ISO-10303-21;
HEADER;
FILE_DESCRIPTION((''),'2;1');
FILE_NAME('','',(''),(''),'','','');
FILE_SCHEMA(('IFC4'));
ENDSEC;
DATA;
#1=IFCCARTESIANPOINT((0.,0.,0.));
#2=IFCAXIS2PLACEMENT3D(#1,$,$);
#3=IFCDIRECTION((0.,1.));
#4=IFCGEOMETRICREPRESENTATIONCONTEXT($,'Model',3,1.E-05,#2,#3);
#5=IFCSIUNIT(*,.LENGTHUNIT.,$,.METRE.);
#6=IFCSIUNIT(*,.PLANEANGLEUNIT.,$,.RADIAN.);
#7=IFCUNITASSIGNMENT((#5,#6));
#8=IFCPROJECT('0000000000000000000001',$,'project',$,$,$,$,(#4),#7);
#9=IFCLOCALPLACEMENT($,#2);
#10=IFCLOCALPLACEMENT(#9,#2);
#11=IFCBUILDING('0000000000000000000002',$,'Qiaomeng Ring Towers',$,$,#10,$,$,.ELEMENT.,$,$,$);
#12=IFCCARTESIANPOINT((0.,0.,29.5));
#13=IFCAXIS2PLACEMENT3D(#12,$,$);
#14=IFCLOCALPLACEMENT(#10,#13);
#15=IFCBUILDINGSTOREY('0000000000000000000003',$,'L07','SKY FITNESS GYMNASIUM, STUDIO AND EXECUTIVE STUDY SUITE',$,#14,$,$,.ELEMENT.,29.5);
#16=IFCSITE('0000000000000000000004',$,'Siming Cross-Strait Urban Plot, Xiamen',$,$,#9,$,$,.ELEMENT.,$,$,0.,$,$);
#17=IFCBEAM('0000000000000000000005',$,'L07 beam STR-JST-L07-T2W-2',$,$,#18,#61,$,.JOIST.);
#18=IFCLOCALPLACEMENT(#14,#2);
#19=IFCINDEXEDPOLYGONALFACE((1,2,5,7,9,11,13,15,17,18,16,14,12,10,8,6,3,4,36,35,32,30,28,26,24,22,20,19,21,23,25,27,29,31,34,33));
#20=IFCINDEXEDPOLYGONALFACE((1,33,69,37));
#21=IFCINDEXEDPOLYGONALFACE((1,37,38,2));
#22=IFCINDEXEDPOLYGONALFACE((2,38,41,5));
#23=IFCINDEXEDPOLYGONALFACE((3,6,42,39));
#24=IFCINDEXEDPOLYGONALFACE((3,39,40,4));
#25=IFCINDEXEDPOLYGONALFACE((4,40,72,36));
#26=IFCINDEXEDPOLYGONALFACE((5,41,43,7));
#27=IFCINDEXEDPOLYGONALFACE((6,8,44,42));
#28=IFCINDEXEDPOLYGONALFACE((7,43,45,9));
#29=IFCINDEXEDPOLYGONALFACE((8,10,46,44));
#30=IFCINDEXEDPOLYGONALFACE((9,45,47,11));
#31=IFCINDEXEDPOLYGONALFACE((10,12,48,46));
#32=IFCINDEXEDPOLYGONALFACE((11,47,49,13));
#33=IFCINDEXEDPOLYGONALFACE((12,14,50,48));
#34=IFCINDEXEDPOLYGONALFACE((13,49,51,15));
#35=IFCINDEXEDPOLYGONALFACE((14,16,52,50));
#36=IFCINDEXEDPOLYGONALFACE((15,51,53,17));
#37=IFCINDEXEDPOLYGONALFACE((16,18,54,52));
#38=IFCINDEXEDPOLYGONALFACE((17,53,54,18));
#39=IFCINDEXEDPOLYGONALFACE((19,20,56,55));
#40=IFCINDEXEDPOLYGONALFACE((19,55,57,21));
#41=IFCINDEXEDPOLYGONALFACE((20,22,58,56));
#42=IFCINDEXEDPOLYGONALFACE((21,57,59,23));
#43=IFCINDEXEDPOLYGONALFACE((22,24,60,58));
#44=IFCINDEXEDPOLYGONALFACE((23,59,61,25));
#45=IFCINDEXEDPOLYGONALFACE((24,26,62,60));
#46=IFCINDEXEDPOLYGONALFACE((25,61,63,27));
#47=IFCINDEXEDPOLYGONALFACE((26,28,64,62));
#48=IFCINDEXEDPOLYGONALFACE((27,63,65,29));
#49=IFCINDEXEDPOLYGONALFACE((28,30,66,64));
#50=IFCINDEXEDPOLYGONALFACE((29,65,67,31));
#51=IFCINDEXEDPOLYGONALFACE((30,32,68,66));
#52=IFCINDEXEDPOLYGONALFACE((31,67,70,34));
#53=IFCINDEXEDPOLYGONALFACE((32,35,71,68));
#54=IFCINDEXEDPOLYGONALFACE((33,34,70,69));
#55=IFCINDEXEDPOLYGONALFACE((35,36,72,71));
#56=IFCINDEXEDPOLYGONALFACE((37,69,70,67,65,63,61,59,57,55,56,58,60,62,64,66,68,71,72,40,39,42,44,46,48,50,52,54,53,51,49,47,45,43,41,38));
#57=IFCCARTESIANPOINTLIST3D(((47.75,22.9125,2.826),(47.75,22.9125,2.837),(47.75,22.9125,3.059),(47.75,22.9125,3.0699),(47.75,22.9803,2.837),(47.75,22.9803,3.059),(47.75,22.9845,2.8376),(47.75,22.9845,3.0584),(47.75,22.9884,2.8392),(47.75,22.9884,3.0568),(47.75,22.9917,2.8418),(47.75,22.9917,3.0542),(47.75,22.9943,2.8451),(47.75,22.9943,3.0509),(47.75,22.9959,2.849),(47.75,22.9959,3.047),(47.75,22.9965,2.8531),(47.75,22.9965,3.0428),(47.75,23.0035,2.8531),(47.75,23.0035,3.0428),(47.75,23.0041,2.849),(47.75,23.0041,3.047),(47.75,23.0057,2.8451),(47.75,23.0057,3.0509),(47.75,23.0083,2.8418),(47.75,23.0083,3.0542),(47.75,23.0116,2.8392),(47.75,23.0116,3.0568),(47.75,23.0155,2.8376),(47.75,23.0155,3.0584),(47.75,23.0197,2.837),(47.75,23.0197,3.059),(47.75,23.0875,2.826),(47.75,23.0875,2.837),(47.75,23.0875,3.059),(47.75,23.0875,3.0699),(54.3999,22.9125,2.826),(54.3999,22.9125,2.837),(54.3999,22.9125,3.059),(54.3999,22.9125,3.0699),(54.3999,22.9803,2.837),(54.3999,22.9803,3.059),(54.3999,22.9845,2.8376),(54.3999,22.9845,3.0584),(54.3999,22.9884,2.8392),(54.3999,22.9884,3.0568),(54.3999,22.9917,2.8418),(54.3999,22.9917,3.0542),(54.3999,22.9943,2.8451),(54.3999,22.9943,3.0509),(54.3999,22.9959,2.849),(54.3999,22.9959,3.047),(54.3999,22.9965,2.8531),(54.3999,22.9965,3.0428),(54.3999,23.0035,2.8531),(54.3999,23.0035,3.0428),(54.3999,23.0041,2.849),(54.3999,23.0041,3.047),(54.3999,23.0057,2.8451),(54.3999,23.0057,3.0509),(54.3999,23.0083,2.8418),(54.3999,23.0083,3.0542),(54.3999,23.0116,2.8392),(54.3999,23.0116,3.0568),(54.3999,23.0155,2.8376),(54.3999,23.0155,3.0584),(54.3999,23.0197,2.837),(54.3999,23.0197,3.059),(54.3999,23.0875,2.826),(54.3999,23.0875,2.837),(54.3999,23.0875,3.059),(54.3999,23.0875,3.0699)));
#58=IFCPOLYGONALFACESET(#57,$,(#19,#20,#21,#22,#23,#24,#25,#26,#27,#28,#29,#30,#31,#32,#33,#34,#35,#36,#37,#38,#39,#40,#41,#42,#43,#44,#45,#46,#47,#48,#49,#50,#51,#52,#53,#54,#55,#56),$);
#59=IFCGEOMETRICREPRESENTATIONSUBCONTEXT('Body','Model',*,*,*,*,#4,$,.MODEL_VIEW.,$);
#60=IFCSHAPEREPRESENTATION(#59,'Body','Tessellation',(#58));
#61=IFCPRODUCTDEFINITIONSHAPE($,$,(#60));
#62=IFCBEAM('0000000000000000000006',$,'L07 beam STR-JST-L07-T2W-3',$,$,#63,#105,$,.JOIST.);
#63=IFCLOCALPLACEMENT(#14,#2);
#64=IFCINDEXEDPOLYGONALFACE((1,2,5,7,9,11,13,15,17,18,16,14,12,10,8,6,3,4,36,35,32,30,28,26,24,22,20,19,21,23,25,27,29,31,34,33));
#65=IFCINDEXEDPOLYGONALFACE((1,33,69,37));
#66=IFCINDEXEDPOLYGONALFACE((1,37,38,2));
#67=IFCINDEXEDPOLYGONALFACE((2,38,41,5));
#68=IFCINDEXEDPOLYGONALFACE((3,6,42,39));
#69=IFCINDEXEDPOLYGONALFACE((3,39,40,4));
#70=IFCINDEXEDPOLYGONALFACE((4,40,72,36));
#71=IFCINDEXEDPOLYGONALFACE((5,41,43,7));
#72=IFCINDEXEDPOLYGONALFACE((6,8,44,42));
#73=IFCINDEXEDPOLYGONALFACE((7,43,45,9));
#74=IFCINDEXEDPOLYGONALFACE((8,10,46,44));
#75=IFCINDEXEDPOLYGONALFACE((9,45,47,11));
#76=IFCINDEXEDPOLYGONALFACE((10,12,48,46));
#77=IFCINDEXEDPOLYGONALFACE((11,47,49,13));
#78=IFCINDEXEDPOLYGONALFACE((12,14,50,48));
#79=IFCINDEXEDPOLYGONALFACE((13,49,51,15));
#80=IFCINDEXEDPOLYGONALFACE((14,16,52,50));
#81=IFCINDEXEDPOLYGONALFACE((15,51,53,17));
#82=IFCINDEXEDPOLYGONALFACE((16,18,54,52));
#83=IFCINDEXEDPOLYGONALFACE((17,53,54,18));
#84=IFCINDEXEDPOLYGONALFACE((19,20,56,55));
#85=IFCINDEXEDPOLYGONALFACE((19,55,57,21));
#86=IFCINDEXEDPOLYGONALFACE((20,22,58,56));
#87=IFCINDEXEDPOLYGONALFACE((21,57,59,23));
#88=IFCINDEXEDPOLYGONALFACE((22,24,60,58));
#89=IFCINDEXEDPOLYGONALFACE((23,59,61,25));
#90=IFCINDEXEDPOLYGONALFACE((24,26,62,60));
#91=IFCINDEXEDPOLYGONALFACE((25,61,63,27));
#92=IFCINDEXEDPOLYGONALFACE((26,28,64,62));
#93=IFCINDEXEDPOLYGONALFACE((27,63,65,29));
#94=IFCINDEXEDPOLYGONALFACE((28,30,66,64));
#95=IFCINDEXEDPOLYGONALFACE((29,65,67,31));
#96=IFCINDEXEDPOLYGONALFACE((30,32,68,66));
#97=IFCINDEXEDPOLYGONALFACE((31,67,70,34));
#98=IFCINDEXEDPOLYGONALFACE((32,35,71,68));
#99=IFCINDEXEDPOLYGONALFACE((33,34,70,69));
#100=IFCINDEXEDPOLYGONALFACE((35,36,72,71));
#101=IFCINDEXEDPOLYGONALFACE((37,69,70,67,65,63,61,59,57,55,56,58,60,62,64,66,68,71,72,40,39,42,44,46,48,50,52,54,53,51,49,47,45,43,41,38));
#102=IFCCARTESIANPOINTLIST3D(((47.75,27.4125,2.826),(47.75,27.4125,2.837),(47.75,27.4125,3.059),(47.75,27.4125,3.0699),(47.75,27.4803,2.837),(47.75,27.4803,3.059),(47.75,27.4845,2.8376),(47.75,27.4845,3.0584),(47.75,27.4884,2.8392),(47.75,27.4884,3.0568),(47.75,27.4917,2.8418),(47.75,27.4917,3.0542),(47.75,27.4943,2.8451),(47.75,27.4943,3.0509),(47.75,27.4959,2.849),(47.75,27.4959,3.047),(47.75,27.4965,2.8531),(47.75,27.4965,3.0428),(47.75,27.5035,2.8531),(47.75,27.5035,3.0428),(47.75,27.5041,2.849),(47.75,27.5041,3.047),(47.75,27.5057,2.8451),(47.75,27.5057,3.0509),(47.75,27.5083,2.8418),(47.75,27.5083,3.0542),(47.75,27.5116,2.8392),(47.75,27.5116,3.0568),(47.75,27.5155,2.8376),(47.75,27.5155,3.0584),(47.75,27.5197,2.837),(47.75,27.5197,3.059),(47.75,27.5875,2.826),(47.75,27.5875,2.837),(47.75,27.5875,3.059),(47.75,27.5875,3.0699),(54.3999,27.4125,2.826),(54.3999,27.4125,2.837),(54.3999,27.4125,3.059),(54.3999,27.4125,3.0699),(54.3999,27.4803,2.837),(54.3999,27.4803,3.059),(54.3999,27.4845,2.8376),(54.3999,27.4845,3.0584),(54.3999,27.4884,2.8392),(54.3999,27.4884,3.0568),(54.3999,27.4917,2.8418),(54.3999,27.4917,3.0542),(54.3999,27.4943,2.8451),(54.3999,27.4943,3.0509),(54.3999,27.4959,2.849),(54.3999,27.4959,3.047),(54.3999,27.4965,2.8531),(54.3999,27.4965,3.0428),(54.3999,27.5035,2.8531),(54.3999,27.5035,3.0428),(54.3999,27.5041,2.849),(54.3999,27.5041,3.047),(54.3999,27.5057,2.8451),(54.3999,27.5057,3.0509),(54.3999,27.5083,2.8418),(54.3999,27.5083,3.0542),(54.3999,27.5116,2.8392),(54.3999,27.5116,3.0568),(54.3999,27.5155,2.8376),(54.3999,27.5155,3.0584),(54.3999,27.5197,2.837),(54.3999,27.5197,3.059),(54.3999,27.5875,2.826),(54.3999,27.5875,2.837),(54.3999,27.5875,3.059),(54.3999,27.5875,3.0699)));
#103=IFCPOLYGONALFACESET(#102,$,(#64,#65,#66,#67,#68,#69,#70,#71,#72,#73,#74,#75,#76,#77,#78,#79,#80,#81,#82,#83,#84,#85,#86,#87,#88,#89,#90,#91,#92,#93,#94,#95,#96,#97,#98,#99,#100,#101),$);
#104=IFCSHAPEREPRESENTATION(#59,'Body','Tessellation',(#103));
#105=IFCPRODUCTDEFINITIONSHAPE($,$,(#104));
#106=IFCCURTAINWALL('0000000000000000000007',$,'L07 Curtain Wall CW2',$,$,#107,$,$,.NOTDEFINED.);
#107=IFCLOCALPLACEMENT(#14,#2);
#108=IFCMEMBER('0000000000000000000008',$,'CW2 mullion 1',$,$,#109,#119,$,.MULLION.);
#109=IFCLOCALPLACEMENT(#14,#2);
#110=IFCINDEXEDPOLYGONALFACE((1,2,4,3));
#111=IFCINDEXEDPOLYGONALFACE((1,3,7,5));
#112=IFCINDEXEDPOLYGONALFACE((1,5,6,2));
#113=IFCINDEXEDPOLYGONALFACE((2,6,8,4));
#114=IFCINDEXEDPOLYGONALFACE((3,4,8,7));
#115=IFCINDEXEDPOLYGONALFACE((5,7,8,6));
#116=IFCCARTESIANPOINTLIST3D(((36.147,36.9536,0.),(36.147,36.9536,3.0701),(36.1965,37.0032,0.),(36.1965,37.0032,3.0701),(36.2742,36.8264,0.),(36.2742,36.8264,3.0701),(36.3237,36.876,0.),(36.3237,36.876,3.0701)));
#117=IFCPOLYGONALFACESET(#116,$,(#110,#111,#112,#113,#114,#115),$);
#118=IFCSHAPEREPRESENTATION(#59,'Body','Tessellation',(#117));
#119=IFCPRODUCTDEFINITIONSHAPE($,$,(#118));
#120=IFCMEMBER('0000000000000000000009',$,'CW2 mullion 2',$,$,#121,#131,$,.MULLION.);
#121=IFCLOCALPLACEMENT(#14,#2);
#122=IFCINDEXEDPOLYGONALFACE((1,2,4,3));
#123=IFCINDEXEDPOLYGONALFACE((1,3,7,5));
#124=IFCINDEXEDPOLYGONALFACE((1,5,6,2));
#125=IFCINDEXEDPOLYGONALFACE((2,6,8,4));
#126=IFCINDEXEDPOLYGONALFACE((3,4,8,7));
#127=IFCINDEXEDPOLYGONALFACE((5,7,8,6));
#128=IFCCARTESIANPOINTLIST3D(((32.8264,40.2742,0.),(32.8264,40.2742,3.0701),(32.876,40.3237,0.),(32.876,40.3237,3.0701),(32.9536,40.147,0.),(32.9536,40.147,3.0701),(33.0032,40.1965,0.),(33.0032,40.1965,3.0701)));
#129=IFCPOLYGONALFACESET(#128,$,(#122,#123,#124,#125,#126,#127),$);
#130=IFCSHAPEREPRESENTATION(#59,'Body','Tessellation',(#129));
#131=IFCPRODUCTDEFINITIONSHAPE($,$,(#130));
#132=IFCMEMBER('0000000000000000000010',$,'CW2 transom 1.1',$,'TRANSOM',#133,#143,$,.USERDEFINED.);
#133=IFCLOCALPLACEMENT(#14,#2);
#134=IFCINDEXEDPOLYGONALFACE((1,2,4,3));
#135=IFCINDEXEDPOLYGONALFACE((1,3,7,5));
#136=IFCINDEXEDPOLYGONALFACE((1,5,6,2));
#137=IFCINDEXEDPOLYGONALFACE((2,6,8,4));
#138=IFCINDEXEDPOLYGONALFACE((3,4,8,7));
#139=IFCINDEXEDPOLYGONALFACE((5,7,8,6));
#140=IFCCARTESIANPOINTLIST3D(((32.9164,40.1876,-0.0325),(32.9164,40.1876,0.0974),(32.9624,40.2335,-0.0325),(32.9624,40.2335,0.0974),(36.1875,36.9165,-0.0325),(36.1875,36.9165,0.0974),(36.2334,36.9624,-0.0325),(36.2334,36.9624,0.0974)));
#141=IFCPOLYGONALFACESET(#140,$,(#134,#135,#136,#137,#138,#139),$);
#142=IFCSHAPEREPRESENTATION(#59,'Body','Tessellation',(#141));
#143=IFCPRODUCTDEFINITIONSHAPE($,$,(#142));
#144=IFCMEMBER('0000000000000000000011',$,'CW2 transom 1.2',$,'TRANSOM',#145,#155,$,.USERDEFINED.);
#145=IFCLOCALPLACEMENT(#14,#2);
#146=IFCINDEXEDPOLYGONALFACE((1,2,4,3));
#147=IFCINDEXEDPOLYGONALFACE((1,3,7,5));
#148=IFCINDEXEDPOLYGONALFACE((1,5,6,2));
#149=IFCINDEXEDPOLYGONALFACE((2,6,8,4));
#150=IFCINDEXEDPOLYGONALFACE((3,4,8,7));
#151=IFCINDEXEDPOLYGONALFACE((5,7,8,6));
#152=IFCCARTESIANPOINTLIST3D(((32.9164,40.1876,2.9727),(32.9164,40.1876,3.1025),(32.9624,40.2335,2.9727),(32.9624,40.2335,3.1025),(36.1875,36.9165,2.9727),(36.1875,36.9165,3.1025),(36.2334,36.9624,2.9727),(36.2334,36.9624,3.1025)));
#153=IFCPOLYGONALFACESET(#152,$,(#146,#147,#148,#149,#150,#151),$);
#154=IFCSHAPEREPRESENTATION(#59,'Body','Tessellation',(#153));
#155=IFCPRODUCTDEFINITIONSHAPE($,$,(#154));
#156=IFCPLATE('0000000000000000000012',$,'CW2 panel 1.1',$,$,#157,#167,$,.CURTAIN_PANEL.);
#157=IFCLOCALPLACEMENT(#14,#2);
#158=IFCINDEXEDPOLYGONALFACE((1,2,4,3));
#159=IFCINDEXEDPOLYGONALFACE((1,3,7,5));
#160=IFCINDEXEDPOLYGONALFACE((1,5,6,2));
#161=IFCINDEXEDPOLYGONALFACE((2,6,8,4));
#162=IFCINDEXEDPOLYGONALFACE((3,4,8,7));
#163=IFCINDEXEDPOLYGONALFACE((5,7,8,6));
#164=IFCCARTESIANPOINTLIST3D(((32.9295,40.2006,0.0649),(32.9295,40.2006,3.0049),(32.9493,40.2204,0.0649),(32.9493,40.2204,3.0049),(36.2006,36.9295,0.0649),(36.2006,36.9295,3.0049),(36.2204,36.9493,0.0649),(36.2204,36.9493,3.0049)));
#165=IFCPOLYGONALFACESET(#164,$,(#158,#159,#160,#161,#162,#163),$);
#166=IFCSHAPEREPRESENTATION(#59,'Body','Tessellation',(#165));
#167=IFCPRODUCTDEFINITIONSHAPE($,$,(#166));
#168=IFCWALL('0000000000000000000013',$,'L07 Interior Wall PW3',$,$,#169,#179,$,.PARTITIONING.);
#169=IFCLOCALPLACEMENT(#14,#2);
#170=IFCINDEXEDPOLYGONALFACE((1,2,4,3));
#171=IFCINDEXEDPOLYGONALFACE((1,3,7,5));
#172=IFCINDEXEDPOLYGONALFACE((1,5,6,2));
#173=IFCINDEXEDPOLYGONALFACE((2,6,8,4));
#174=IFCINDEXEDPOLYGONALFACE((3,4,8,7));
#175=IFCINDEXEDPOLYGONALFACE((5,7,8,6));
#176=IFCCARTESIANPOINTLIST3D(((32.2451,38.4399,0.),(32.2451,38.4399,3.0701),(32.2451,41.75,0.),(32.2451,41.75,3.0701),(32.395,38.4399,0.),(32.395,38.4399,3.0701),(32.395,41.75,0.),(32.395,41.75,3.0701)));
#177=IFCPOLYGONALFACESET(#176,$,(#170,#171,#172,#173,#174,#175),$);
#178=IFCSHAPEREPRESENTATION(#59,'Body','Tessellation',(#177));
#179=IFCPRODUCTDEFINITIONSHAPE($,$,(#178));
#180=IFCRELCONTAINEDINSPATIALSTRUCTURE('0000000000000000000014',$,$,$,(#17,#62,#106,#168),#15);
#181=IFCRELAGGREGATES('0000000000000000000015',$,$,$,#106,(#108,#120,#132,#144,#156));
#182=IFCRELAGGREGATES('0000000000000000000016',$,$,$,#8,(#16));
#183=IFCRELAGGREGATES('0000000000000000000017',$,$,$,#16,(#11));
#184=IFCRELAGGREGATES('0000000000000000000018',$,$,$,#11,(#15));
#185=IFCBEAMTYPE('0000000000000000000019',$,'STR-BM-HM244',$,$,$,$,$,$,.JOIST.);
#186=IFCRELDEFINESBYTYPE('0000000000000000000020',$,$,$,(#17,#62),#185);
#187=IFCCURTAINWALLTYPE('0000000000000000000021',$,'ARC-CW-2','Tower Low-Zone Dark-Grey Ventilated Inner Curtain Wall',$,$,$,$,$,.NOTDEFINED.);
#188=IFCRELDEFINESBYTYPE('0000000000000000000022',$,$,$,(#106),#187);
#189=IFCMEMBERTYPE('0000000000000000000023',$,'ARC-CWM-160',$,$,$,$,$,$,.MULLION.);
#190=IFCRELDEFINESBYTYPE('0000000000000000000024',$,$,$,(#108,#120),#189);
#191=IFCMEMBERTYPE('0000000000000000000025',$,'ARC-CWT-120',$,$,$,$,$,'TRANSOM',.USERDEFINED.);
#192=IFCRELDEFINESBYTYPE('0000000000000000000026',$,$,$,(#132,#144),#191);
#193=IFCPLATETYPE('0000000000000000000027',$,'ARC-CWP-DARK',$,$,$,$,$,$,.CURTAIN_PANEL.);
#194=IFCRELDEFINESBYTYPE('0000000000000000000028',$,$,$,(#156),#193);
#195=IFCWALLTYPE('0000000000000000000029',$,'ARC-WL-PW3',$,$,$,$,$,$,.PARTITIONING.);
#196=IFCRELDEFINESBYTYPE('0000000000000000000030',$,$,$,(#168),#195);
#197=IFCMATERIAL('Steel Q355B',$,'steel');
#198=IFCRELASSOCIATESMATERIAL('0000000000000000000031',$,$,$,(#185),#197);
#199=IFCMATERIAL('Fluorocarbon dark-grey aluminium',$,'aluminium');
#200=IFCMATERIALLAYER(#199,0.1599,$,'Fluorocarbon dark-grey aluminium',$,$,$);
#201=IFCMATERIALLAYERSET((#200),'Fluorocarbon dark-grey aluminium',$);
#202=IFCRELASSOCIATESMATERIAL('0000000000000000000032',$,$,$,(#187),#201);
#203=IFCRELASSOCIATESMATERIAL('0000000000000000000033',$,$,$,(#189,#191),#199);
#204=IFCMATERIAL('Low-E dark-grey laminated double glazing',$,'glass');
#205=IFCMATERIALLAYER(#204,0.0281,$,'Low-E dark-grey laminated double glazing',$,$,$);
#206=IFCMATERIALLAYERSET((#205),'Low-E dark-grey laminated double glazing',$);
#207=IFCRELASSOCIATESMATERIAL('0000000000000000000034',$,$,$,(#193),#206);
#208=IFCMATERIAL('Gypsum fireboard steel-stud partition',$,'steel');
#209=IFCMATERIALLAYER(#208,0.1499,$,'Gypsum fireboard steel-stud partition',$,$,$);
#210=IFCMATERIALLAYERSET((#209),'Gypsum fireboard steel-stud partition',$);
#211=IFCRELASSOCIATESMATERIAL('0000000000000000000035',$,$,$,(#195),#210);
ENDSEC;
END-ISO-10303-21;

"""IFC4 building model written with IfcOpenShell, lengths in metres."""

from ifc_helpers import new_model, si_unit, direction, frame, frame_2d, origin, origin_2d, place, context, subcontext, project, spatial, rectangle, i_section, extrude, source, transform, mapped, material, layer, layer_set, material_profile, profile_set, type_object, element, aggregate, save


model = new_model("IFC4")

# Units and contexts
model_context = context("Model", 3, precision=1e-05, world=origin(), true_north=direction((0.0, 1.0)))
body_context = subcontext(model_context, "Body", "Model", "MODEL_VIEW")
ifc_project = project(units=[si_unit("LENGTHUNIT", "METRE"), si_unit("PLANEANGLEUNIT", "RADIAN")], contexts=[model_context])

# Site, building, storey
site_placement = place(None, origin())
site = spatial("IfcSite", under=ifc_project, at=site_placement, Name="Siming Cross-Strait Urban Plot, Xiamen", CompositionType="ELEMENT", RefElevation=0.0)
building_placement = place(site_placement, origin())
building = spatial("IfcBuilding", under=site, at=building_placement, Name="Qiaomeng Ring Towers", CompositionType="ELEMENT")
storey_placement = place(building_placement, frame((0.0, 0.0, 29.5)))
storey = spatial("IfcBuildingStorey", under=building, at=storey_placement, Name="L07", Description="SKY FITNESS GYMNASIUM, STUDIO AND EXECUTIVE STUDY SUITE", CompositionType="ELEMENT", Elevation=29.5)

# Beams
ifc_material_1 = material(Name="Steel Q355B", Category="steel")
ifc_material_profile_1 = material_profile(ifc_material_1, i_section(OverallWidth=0.175, OverallDepth=0.2439, WebThickness=0.0071, FlangeThickness=0.011, FilletRadius=0.0161, at=origin_2d()), Name="HM 244x175x7x11")
ifc_profile_set_1 = profile_set([ifc_material_profile_1], Name="Steel Q355B")
beam_type_1 = type_object("IfcBeamType", Name="STR-BM-HM244", PredefinedType="JOIST", material=ifc_profile_set_1)
shared_shape_1 = source(origin(), body_context, "Body", "SweptSolid", [
    extrude(i_section(OverallWidth=0.175, OverallDepth=0.2439, WebThickness=0.0071, FlangeThickness=0.011, FilletRadius=0.0161, at=origin_2d()), origin(), (0.0, 0.0, 1.0), 6.6499),
])
for number, where, z_axis, x_axis, name in (
    (1, (47.75, 23.0, 2.948), (1.0, 0.0, 0.0), (0.0, 1.0, 0.0), "L07 beam STR-JST-L07-T2W-2"),
    (2, (47.75, 27.5, 2.948), (1.0, 0.0, 0.0), (0.0, 1.0, 0.0), "L07 beam STR-JST-L07-T2W-3"),
):
    element("IfcBeam", number, at=place(storey_placement, frame(where, z_axis=z_axis, x_axis=x_axis)), inside=storey, type_object=beam_type_1, Name=name, PredefinedType="JOIST", context=body_context, shape_type="MappedRepresentation", body=[
        mapped(shared_shape_1, transform((0.0, 0.0, 0.0), x_axis=(1.0, 0.0, 0.0), y_axis=(0.0, 1.0, 0.0), z_axis=(0.0, 0.0, 1.0), scale=1.0)),
    ])

# Curtain wall, members, plate
ifc_material_2 = material(Name="Fluorocarbon dark-grey aluminium", Category="aluminium")
ifc_layer_1 = layer(ifc_material_2, 0.1599, Name="Fluorocarbon dark-grey aluminium")
ifc_layer_set_1 = layer_set([ifc_layer_1], Name="Fluorocarbon dark-grey aluminium")
curtain_wall_type = type_object("IfcCurtainWallType", Name="ARC-CW-2", Description="Tower Low-Zone Dark-Grey Ventilated Inner Curtain Wall", PredefinedType="NOTDEFINED", material=ifc_layer_set_1)
curtain_wall_placement = place(storey_placement, origin())
curtain_wall = element("IfcCurtainWall", 3, at=curtain_wall_placement, inside=storey, type_object=curtain_wall_type, Name="L07 Curtain Wall CW2", PredefinedType="NOTDEFINED")
ifc_material_profile_2 = material_profile(ifc_material_2, rectangle(XDim=0.0701, YDim=0.1799, at=origin_2d()), Name="ALU MULL 70x180")
ifc_profile_set_2 = profile_set([ifc_material_profile_2], Name="Fluorocarbon dark-grey aluminium")
member_type_1 = type_object("IfcMemberType", Name="ARC-CWM-160", PredefinedType="MULLION", material=ifc_profile_set_2)
shared_shape_2 = source(origin(), body_context, "Body", "SweptSolid", [
    extrude(rectangle(XDim=0.0701, YDim=0.1799, at=origin_2d()), origin(), (0.0, 0.0, 1.0), 3.0701),
])
member_1_placement = place(storey_placement, frame((36.2354, 36.9148, 0.0), z_axis=(0.0, 0.0, 1.0), x_axis=(-0.707107, -0.707107, 0.0)))
member_1 = element("IfcMember", 4, at=member_1_placement, type_object=member_type_1, Name="CW2 mullion 1", PredefinedType="MULLION", context=body_context, shape_type="MappedRepresentation", body=[
    mapped(shared_shape_2, transform((0.0, 0.0, 0.0), x_axis=(1.0, 0.0, 0.0), y_axis=(0.0, 1.0, 0.0), z_axis=(0.0, 0.0, 1.0), scale=1.0)),
])
member_2_placement = place(storey_placement, frame((32.9148, 40.2354, 0.0), z_axis=(0.0, 0.0, 1.0), x_axis=(-0.707107, -0.707107, 0.0)))
member_2 = element("IfcMember", 5, at=member_2_placement, type_object=member_type_1, Name="CW2 mullion 2", PredefinedType="MULLION", context=body_context, shape_type="MappedRepresentation", body=[
    mapped(shared_shape_2, transform((0.0, 0.0, 0.0), x_axis=(1.0, 0.0, 0.0), y_axis=(0.0, 1.0, 0.0), z_axis=(0.0, 0.0, 1.0), scale=1.0)),
])
ifc_material_profile_3 = material_profile(ifc_material_2, rectangle(XDim=0.0649, YDim=0.1299, at=origin_2d()), Name="ALU TRAN 65x130")
ifc_profile_set_3 = profile_set([ifc_material_profile_3], Name="Fluorocarbon dark-grey aluminium")
member_type_2 = type_object("IfcMemberType", Name="ARC-CWT-120", ElementType="TRANSOM", PredefinedType="USERDEFINED", material=ifc_profile_set_3)
shared_shape_3 = source(origin(), body_context, "Body", "SweptSolid", [
    extrude(rectangle(XDim=0.0649, YDim=0.1299, at=origin_2d()), origin(), (0.0, 0.0, 1.0), 4.626),
])
member_3_placement = place(storey_placement, frame((36.2104, 36.9395, 0.0325), z_axis=(-0.707107, 0.707107, 0.0), x_axis=(-0.707107, -0.707107, 0.0)))
member_3 = element("IfcMember", 6, at=member_3_placement, type_object=member_type_2, Name="CW2 transom 1.1", ObjectType="TRANSOM", PredefinedType="USERDEFINED", context=body_context, shape_type="MappedRepresentation", body=[
    mapped(shared_shape_3, transform((0.0, 0.0, 0.0), x_axis=(1.0, 0.0, 0.0), y_axis=(0.0, 1.0, 0.0), z_axis=(0.0, 0.0, 1.0), scale=1.0)),
])
member_4_placement = place(storey_placement, frame((36.2104, 36.9395, 3.0376), z_axis=(-0.707107, 0.707107, 0.0), x_axis=(-0.707107, -0.707107, 0.0)))
member_4 = element("IfcMember", 7, at=member_4_placement, type_object=member_type_2, Name="CW2 transom 1.2", ObjectType="TRANSOM", PredefinedType="USERDEFINED", context=body_context, shape_type="MappedRepresentation", body=[
    mapped(shared_shape_3, transform((0.0, 0.0, 0.0), x_axis=(1.0, 0.0, 0.0), y_axis=(0.0, 1.0, 0.0), z_axis=(0.0, 0.0, 1.0), scale=1.0)),
])
ifc_material_3 = material(Name="Low-E dark-grey laminated double glazing", Category="glass")
ifc_layer_2 = layer(ifc_material_3, 0.0281, Name="Low-E dark-grey laminated double glazing")
ifc_layer_set_2 = layer_set([ifc_layer_2], Name="Low-E dark-grey laminated double glazing")
plate_type = type_object("IfcPlateType", Name="ARC-CWP-DARK", PredefinedType="CURTAIN_PANEL", material=ifc_layer_set_2)
shared_shape_4 = source(origin(), body_context, "Body", "SweptSolid", [
    extrude(rectangle(XDim=4.626, YDim=0.0281, at=origin_2d()), origin(), (0.0, 0.0, 1.0), 2.9399),
])
plate_placement = place(storey_placement, frame((34.575, 38.575, 0.0649), z_axis=(0.0, 0.0, 1.0), x_axis=(-0.707107, 0.707107, 0.0)))
plate = element("IfcPlate", 8, at=plate_placement, type_object=plate_type, Name="CW2 panel 1.1", PredefinedType="CURTAIN_PANEL", context=body_context, shape_type="MappedRepresentation", body=[
    mapped(shared_shape_4, transform((0.0, 0.0, 0.0), x_axis=(1.0, 0.0, 0.0), y_axis=(0.0, 1.0, 0.0), z_axis=(0.0, 0.0, 1.0), scale=1.0)),
])
aggregate(curtain_wall, [member_1, member_2, member_3, member_4, plate])

# Wall
ifc_material_4 = material(Name="Gypsum fireboard steel-stud partition", Category="steel")
ifc_layer_3 = layer(ifc_material_4, 0.1499, Name="Gypsum fireboard steel-stud partition")
ifc_layer_set_3 = layer_set([ifc_layer_3], Name="Gypsum fireboard steel-stud partition")
wall_type_1 = type_object("IfcWallType", Name="ARC-WL-PW3", PredefinedType="PARTITIONING", material=ifc_layer_set_3)
wall_1_placement = place(storey_placement, frame((32.3201, 38.4399, 0.0), z_axis=(0.0, 0.0, 1.0), x_axis=(0.0, 1.0, 0.0)))
element("IfcWall", 9, at=wall_1_placement, inside=storey, type_object=wall_type_1, Name="L07 Interior Wall PW3", PredefinedType="PARTITIONING", context=body_context, shape_type="SweptSolid", body=[
    extrude(rectangle(XDim=3.3101, YDim=0.1499, at=frame_2d((1.655, 0.0))), origin(), (0.0, 0.0, 1.0), 3.0701),
])

save(model, "model.ifc")
